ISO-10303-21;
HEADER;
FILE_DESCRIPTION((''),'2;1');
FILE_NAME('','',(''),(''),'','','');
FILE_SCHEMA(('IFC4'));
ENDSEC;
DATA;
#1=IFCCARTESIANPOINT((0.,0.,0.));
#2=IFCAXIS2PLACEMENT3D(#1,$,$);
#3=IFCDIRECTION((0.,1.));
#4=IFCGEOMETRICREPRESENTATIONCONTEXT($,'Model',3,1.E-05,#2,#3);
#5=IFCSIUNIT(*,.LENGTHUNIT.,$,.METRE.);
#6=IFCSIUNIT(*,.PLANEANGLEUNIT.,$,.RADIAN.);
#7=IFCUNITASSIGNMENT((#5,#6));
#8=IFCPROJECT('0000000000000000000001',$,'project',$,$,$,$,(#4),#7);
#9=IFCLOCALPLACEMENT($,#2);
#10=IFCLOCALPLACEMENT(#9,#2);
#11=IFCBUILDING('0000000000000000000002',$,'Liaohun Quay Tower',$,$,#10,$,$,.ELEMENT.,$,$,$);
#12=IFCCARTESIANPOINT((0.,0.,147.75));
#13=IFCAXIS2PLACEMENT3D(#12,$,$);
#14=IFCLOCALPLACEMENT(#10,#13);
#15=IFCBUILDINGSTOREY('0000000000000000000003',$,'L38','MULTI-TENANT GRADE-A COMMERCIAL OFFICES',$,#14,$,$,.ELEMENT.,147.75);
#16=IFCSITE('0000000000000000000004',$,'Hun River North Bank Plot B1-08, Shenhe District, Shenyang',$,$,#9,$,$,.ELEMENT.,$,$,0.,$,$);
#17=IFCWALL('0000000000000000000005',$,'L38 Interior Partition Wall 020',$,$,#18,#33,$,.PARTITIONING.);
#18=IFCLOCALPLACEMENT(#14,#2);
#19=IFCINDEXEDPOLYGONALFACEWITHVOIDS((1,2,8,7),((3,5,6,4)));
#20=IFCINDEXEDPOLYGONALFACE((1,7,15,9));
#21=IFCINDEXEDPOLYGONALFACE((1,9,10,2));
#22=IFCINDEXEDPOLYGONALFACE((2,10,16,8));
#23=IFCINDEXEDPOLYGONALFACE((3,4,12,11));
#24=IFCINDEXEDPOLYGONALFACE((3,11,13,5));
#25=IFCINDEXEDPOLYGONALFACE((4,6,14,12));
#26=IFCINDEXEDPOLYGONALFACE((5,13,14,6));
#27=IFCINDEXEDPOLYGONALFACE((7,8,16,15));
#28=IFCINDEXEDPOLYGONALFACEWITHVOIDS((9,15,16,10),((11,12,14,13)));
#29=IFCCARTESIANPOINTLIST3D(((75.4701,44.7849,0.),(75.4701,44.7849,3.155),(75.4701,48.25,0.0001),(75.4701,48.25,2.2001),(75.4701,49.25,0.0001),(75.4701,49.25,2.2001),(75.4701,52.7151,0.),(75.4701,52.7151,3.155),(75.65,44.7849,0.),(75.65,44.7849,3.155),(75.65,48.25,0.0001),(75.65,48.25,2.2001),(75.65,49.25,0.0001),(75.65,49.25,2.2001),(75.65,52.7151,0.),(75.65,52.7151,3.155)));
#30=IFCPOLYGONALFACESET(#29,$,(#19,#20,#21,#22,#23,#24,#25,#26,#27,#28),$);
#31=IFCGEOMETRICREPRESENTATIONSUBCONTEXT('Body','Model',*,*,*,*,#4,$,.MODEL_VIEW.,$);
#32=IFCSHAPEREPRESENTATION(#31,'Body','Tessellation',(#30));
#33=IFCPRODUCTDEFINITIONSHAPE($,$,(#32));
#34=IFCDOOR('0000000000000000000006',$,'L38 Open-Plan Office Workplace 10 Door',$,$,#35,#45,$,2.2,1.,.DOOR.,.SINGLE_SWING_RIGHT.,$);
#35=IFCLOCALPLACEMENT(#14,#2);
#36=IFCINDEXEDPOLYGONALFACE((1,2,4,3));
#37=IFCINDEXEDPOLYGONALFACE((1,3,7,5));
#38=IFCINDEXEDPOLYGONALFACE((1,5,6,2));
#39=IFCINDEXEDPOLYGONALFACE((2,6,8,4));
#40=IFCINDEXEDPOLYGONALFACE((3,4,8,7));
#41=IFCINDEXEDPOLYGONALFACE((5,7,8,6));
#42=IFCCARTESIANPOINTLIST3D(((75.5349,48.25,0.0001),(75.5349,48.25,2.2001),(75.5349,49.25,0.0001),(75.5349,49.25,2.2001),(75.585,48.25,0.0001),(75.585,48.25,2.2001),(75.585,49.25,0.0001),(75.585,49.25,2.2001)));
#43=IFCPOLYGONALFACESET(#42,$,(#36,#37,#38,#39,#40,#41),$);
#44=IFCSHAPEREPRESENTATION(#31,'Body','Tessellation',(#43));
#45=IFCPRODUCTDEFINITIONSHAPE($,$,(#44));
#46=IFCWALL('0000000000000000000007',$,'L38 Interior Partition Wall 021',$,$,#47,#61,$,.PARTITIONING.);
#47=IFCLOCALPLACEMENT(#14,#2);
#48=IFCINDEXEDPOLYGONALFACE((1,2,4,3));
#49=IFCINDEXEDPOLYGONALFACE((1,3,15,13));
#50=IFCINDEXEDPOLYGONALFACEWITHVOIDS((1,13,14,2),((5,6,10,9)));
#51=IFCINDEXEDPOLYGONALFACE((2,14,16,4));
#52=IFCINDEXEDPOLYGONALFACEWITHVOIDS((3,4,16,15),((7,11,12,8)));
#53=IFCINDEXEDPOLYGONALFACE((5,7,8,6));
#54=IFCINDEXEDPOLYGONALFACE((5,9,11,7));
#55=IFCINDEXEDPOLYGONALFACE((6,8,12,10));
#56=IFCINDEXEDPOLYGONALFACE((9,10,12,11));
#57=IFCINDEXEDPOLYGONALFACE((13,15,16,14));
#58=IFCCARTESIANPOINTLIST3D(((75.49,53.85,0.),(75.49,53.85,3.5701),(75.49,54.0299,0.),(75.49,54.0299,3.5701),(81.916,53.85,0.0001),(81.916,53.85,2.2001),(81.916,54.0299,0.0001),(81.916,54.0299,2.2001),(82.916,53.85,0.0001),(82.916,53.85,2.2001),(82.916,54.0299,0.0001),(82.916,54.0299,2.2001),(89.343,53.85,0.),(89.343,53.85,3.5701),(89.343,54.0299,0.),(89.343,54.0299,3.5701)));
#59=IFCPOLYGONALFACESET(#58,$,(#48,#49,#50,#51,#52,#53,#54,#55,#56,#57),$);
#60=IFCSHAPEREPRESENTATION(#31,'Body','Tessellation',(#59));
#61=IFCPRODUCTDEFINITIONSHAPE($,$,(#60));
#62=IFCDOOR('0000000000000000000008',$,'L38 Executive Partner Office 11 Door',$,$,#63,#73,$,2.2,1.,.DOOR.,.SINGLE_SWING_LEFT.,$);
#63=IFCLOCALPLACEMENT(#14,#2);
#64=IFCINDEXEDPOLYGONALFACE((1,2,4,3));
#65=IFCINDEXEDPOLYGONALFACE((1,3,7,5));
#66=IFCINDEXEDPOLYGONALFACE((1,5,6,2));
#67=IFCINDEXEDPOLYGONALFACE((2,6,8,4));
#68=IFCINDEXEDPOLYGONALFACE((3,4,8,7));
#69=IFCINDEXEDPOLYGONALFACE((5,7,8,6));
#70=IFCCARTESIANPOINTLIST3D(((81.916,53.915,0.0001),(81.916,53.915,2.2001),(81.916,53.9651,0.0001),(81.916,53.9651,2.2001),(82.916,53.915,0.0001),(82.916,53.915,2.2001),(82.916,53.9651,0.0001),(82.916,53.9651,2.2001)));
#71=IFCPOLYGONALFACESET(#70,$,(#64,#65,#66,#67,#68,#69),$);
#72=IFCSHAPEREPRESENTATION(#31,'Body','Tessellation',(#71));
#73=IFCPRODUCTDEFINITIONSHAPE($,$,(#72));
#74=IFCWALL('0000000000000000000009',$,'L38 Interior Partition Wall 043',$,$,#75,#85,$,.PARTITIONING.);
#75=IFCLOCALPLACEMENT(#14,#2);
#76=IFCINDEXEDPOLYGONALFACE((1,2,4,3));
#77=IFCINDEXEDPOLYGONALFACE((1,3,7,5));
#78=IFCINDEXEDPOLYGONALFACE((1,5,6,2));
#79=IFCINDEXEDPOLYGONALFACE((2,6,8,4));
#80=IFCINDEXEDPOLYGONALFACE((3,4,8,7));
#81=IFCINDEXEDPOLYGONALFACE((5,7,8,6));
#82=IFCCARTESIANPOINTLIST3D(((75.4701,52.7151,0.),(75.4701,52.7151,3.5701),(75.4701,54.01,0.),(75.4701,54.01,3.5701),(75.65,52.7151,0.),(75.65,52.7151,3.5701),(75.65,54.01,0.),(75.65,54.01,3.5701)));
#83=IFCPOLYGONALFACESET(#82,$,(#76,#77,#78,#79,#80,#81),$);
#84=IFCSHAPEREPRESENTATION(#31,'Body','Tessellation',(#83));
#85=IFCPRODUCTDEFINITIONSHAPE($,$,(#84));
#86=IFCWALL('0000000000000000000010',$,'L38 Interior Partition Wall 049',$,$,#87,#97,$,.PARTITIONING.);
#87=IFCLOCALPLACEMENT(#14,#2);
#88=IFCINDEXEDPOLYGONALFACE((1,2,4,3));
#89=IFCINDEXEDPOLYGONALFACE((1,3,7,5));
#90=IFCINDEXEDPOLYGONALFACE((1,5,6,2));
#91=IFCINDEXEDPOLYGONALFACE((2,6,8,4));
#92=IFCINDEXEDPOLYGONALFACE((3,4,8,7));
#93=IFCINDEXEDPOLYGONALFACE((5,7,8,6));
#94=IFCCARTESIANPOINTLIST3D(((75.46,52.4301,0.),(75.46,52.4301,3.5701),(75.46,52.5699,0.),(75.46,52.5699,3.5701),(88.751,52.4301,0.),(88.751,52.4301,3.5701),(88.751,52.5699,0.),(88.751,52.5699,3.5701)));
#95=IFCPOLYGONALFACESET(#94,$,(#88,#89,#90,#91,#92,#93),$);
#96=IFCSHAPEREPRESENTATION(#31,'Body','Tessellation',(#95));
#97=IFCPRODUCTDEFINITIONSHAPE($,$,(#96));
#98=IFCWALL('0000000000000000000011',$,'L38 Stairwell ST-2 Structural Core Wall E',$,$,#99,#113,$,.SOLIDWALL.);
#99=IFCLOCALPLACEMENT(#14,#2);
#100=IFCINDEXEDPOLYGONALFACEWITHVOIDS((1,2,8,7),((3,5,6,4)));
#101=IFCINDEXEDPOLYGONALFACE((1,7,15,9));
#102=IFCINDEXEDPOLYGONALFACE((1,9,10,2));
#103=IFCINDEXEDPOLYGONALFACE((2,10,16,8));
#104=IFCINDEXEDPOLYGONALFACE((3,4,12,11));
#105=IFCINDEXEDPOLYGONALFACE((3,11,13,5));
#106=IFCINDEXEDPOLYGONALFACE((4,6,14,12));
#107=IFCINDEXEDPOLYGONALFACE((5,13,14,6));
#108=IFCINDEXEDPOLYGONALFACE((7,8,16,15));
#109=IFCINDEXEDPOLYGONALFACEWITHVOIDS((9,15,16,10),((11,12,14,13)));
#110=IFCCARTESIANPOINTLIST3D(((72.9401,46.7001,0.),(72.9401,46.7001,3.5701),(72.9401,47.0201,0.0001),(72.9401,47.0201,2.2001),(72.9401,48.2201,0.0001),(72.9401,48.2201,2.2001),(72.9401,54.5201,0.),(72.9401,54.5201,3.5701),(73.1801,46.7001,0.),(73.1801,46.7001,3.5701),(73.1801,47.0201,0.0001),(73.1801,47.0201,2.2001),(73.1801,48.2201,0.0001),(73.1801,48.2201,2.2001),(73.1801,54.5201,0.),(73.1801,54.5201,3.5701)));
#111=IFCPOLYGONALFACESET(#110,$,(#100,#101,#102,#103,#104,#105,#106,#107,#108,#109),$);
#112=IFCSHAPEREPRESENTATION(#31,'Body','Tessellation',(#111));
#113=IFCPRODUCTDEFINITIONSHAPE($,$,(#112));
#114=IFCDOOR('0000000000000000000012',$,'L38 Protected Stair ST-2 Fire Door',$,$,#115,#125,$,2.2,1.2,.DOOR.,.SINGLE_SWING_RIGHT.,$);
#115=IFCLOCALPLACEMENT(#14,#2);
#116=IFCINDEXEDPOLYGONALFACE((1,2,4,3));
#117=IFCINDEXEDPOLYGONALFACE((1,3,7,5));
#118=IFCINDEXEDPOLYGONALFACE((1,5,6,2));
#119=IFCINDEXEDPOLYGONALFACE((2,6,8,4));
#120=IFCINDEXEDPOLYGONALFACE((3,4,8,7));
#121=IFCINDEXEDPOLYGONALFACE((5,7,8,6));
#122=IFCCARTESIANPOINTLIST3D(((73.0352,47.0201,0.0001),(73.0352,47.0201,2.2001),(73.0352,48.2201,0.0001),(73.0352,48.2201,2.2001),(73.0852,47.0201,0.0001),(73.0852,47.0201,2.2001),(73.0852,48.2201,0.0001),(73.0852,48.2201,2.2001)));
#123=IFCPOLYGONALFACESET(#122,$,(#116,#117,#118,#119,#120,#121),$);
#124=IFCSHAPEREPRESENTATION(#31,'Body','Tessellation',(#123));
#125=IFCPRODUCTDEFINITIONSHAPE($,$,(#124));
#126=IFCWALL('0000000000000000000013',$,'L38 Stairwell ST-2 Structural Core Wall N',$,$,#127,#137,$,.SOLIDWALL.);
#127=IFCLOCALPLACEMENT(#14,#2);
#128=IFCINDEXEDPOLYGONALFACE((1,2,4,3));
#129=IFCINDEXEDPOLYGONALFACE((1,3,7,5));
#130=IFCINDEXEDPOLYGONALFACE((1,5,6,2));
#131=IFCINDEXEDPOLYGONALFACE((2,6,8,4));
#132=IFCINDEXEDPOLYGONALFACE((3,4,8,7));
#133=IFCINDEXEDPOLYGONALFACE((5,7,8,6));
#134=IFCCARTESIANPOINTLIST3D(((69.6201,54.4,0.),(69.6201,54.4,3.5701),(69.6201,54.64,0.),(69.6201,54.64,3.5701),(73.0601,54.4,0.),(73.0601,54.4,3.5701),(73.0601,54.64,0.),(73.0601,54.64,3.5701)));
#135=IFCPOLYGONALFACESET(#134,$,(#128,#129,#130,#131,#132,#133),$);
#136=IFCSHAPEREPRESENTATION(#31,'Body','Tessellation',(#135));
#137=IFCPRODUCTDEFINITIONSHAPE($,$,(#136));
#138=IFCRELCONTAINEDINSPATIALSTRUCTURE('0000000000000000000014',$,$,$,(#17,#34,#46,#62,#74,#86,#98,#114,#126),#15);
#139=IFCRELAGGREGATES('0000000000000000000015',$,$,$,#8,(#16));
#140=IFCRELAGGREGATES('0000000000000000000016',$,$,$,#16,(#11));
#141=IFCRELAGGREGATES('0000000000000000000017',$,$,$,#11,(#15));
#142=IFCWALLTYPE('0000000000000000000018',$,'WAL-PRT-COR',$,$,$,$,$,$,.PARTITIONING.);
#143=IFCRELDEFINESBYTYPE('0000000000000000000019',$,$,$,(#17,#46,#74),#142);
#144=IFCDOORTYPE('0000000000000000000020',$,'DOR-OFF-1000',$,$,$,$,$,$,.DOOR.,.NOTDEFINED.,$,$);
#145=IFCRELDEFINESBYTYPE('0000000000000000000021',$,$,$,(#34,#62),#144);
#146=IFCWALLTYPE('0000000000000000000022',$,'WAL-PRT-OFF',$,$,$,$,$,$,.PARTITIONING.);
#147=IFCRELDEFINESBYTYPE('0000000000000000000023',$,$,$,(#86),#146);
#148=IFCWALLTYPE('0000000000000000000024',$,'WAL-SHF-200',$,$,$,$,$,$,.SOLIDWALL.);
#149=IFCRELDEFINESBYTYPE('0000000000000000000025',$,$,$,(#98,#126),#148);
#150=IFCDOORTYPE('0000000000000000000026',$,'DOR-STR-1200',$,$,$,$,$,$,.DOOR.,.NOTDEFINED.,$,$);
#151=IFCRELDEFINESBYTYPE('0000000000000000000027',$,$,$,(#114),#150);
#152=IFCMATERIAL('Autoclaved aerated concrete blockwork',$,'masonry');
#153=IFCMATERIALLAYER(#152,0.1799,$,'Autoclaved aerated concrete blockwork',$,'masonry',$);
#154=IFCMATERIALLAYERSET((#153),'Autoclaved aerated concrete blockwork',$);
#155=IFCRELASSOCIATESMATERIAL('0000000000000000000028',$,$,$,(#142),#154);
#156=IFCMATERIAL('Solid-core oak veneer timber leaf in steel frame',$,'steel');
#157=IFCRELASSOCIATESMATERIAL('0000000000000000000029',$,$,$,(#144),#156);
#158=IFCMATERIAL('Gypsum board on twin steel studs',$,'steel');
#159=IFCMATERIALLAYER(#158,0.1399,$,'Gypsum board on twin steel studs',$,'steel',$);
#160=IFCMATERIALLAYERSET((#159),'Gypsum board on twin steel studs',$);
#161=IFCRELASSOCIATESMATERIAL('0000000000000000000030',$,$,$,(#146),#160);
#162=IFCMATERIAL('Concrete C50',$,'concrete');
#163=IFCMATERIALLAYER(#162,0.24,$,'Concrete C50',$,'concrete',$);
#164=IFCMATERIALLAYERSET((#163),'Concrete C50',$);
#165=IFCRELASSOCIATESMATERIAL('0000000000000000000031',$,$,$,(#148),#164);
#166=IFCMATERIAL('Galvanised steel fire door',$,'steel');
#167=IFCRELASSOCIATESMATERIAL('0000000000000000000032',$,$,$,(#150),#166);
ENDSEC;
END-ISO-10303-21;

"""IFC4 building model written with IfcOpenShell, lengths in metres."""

from ifc_helpers import new_model, si_unit, direction, frame, frame_2d, origin, place, context, subcontext, project, spatial, rectangle, extrude, source, transform, mapped, material, layer, layer_set, type_object, element, fill, save


model = new_model("IFC4")

# Units and contexts
model_context = context("Model", 3, precision=1e-05, world=origin(), true_north=direction((0.0, 1.0)))
body_context = subcontext(model_context, "Body", "Model", "MODEL_VIEW")
ifc_project = project(units=[si_unit("LENGTHUNIT", "METRE"), si_unit("PLANEANGLEUNIT", "RADIAN")], contexts=[model_context])

# Site, building, storey
site_placement = place(None, origin())
site = spatial("IfcSite", under=ifc_project, at=site_placement, Name="Hun River North Bank Plot B1-08, Shenhe District, Shenyang", CompositionType="ELEMENT", RefElevation=0.0)
building_placement = place(site_placement, origin())
building = spatial("IfcBuilding", under=site, at=building_placement, Name="Liaohun Quay Tower", CompositionType="ELEMENT")
storey_placement = place(building_placement, frame((0.0, 0.0, 147.75)))
storey = spatial("IfcBuildingStorey", under=building, at=storey_placement, Name="L38", Description="MULTI-TENANT GRADE-A COMMERCIAL OFFICES", CompositionType="ELEMENT", Elevation=147.75)

# Walls, openings, doors
ifc_material_1 = material(Name="Autoclaved aerated concrete blockwork", Category="masonry")
ifc_layer_1 = layer(ifc_material_1, 0.1799, Name="Autoclaved aerated concrete blockwork", Category="masonry")
ifc_layer_set_1 = layer_set([ifc_layer_1], Name="Autoclaved aerated concrete blockwork")
wall_type_1 = type_object("IfcWallType", Name="WAL-PRT-COR", PredefinedType="PARTITIONING", material=ifc_layer_set_1)
wall_1_placement = place(storey_placement, frame((75.5601, 52.7151, 0.0), z_axis=(0.0, 0.0, 1.0), x_axis=(0.0, -1.0, 0.0)))
wall_1 = element("IfcWall", 1, at=wall_1_placement, inside=storey, type_object=wall_type_1, Name="L38 Interior Partition Wall 020", PredefinedType="PARTITIONING", context=body_context, shape_type="SweptSolid", body=[
    extrude(rectangle(XDim=7.9302, YDim=0.1799, at=frame_2d((3.9651, 0.0))), origin(), (0.0, 0.0, 1.0), 3.155),
])
shared_shape_1 = source(origin(), body_context, "Body", "SweptSolid", [
    extrude(rectangle(XDim=1.0, YDim=2.2, at=frame_2d((0.5, 1.1001))), frame((0.0, 0.0999, 0.0), z_axis=(0.0, -1.0, 0.0), x_axis=(1.0, 0.0, 0.0)), (0.0, 0.0, 1.0), 0.2),
])
opening_1_placement = place(wall_1_placement, frame((3.4651, 0.0, 0.0)))
opening_1 = element("IfcOpeningElement", 2, at=opening_1_placement, cuts=wall_1, PredefinedType="OPENING", context=body_context, shape_type="MappedRepresentation", body=[
    mapped(shared_shape_1, transform((0.0, 0.0, 0.0), x_axis=(1.0, 0.0, 0.0), y_axis=(0.0, 1.0, 0.0), z_axis=(0.0, 0.0, 1.0), scale=1.0)),
])
ifc_material_2 = material(Name="Solid-core oak veneer timber leaf in steel frame", Category="steel")
door_type_1 = type_object("IfcDoorType", Name="DOR-OFF-1000", OperationType="NOTDEFINED", PredefinedType="DOOR", material=ifc_material_2)
shared_shape_2 = source(origin(), body_context, "Body", "SweptSolid", [
    extrude(rectangle(XDim=1.0, YDim=2.2, at=frame_2d((0.5, 1.1001))), frame((0.0, 0.0249, 0.0), z_axis=(0.0, -1.0, 0.0), x_axis=(1.0, 0.0, 0.0)), (0.0, 0.0, 1.0), 0.05),
])
door_1_placement = place(opening_1_placement, origin())
door_1 = element("IfcDoor", 3, at=door_1_placement, inside=storey, type_object=door_type_1, Name="L38 Open-Plan Office Workplace 10 Door", OperationType="SINGLE_SWING_RIGHT", OverallHeight=2.2, OverallWidth=1.0, PredefinedType="DOOR", context=body_context, shape_type="MappedRepresentation", body=[
    mapped(shared_shape_2, transform((0.0, 0.0, 0.0), x_axis=(1.0, 0.0, 0.0), y_axis=(0.0, 1.0, 0.0), z_axis=(0.0, 0.0, 1.0), scale=1.0)),
])
fill(opening_1, door_1)
wall_2_placement = place(storey_placement, frame((89.343, 53.9399, 0.0), z_axis=(0.0, 0.0, 1.0), x_axis=(-1.0, 0.0, 0.0)))
wall_2 = element("IfcWall", 4, at=wall_2_placement, inside=storey, type_object=wall_type_1, Name="L38 Interior Partition Wall 021", PredefinedType="PARTITIONING", context=body_context, shape_type="SweptSolid", body=[
    extrude(rectangle(XDim=13.853, YDim=0.1799, at=frame_2d((6.9265, 0.0))), origin(), (0.0, 0.0, 1.0), 3.5701),
])
opening_2_placement = place(wall_2_placement, frame((6.427, 0.0, 0.0)))
opening_2 = element("IfcOpeningElement", 5, at=opening_2_placement, cuts=wall_2, PredefinedType="OPENING", context=body_context, shape_type="MappedRepresentation", body=[
    mapped(shared_shape_1, transform((0.0, 0.0, 0.0), x_axis=(1.0, 0.0, 0.0), y_axis=(0.0, 1.0, 0.0), z_axis=(0.0, 0.0, 1.0), scale=1.0)),
])
door_2_placement = place(opening_2_placement, origin())
door_2 = element("IfcDoor", 6, at=door_2_placement, inside=storey, type_object=door_type_1, Name="L38 Executive Partner Office 11 Door", OperationType="SINGLE_SWING_LEFT", OverallHeight=2.2, OverallWidth=1.0, PredefinedType="DOOR", context=body_context, shape_type="MappedRepresentation", body=[
    mapped(shared_shape_2, transform((0.0, 0.0, 0.0), x_axis=(1.0, 0.0, 0.0), y_axis=(0.0, 1.0, 0.0), z_axis=(0.0, 0.0, 1.0), scale=1.0)),
])
fill(opening_2, door_2)

# Walls
wall_3_placement = place(storey_placement, frame((75.5601, 54.01, 0.0), z_axis=(0.0, 0.0, 1.0), x_axis=(0.0, -1.0, 0.0)))
element("IfcWall", 7, at=wall_3_placement, inside=storey, type_object=wall_type_1, Name="L38 Interior Partition Wall 043", PredefinedType="PARTITIONING", context=body_context, shape_type="SweptSolid", body=[
    extrude(rectangle(XDim=1.2949, YDim=0.1799, at=frame_2d((0.6475, 0.0))), origin(), (0.0, 0.0, 1.0), 3.5701),
])
ifc_material_3 = material(Name="Gypsum board on twin steel studs", Category="steel")
ifc_layer_2 = layer(ifc_material_3, 0.1399, Name="Gypsum board on twin steel studs", Category="steel")
ifc_layer_set_2 = layer_set([ifc_layer_2], Name="Gypsum board on twin steel studs")
wall_type_2 = type_object("IfcWallType", Name="WAL-PRT-OFF", PredefinedType="PARTITIONING", material=ifc_layer_set_2)
wall_4_placement = place(storey_placement, frame((75.46, 52.5, 0.0), z_axis=(0.0, 0.0, 1.0), x_axis=(1.0, 0.0, 0.0)))
element("IfcWall", 8, at=wall_4_placement, inside=storey, type_object=wall_type_2, Name="L38 Interior Partition Wall 049", PredefinedType="PARTITIONING", context=body_context, shape_type="SweptSolid", body=[
    extrude(rectangle(XDim=13.291, YDim=0.1399, at=frame_2d((6.6455, 0.0))), origin(), (0.0, 0.0, 1.0), 3.5701),
])

# Wall, opening, door
ifc_material_4 = material(Name="Concrete C50", Category="concrete")
ifc_layer_3 = layer(ifc_material_4, 0.24, Name="Concrete C50", Category="concrete")
ifc_layer_set_3 = layer_set([ifc_layer_3], Name="Concrete C50")
wall_type_3 = type_object("IfcWallType", Name="WAL-SHF-200", PredefinedType="SOLIDWALL", material=ifc_layer_set_3)
wall_5_placement = place(storey_placement, frame((73.0601, 46.7, 0.0), z_axis=(0.0, 0.0, 1.0), x_axis=(0.0, 1.0, 0.0)))
wall_5 = element("IfcWall", 9, at=wall_5_placement, inside=storey, type_object=wall_type_3, Name="L38 Stairwell ST-2 Structural Core Wall E", PredefinedType="SOLIDWALL", context=body_context, shape_type="SweptSolid", body=[
    extrude(rectangle(XDim=7.8201, YDim=0.24, at=frame_2d((3.9102, 0.0))), origin(), (0.0, 0.0, 1.0), 3.5701),
])
shared_shape_3 = source(origin(), body_context, "Body", "SweptSolid", [
    extrude(rectangle(XDim=1.2, YDim=2.2, at=frame_2d((0.6001, 1.1001))), frame((0.0, 0.1299, 0.0), z_axis=(0.0, -1.0, 0.0), x_axis=(1.0, 0.0, 0.0)), (0.0, 0.0, 1.0), 0.26),
])
opening_3_placement = place(wall_5_placement, frame((0.3201, 0.0, 0.0)))
opening_3 = element("IfcOpeningElement", 10, at=opening_3_placement, cuts=wall_5, PredefinedType="OPENING", context=body_context, shape_type="MappedRepresentation", body=[
    mapped(shared_shape_3, transform((0.0, 0.0, 0.0), x_axis=(1.0, 0.0, 0.0), y_axis=(0.0, 1.0, 0.0), z_axis=(0.0, 0.0, 1.0), scale=1.0)),
])
ifc_material_5 = material(Name="Galvanised steel fire door", Category="steel")
door_type_2 = type_object("IfcDoorType", Name="DOR-STR-1200", OperationType="NOTDEFINED", PredefinedType="DOOR", material=ifc_material_5)
shared_shape_4 = source(origin(), body_context, "Body", "SweptSolid", [
    extrude(rectangle(XDim=1.2, YDim=2.2, at=frame_2d((0.6001, 1.1001))), frame((0.0, 0.0249, 0.0), z_axis=(0.0, -1.0, 0.0), x_axis=(1.0, 0.0, 0.0)), (0.0, 0.0, 1.0), 0.05),
])
door_3_placement = place(opening_3_placement, origin())
door_3 = element("IfcDoor", 11, at=door_3_placement, inside=storey, type_object=door_type_2, Name="L38 Protected Stair ST-2 Fire Door", OperationType="SINGLE_SWING_RIGHT", OverallHeight=2.2, OverallWidth=1.2, PredefinedType="DOOR", context=body_context, shape_type="MappedRepresentation", body=[
    mapped(shared_shape_4, transform((0.0, 0.0, 0.0), x_axis=(1.0, 0.0, 0.0), y_axis=(0.0, 1.0, 0.0), z_axis=(0.0, 0.0, 1.0), scale=1.0)),
])
fill(opening_3, door_3)

# Wall
wall_6_placement = place(storey_placement, frame((73.0601, 54.52, 0.0), z_axis=(0.0, 0.0, 1.0), x_axis=(-1.0, 0.0, 0.0)))
element("IfcWall", 12, at=wall_6_placement, inside=storey, type_object=wall_type_3, Name="L38 Stairwell ST-2 Structural Core Wall N", PredefinedType="SOLIDWALL", context=body_context, shape_type="SweptSolid", body=[
    extrude(rectangle(XDim=3.4399, YDim=0.24, at=frame_2d((1.72, 0.0))), origin(), (0.0, 0.0, 1.0), 3.5701),
])

save(model, "model.ifc")
